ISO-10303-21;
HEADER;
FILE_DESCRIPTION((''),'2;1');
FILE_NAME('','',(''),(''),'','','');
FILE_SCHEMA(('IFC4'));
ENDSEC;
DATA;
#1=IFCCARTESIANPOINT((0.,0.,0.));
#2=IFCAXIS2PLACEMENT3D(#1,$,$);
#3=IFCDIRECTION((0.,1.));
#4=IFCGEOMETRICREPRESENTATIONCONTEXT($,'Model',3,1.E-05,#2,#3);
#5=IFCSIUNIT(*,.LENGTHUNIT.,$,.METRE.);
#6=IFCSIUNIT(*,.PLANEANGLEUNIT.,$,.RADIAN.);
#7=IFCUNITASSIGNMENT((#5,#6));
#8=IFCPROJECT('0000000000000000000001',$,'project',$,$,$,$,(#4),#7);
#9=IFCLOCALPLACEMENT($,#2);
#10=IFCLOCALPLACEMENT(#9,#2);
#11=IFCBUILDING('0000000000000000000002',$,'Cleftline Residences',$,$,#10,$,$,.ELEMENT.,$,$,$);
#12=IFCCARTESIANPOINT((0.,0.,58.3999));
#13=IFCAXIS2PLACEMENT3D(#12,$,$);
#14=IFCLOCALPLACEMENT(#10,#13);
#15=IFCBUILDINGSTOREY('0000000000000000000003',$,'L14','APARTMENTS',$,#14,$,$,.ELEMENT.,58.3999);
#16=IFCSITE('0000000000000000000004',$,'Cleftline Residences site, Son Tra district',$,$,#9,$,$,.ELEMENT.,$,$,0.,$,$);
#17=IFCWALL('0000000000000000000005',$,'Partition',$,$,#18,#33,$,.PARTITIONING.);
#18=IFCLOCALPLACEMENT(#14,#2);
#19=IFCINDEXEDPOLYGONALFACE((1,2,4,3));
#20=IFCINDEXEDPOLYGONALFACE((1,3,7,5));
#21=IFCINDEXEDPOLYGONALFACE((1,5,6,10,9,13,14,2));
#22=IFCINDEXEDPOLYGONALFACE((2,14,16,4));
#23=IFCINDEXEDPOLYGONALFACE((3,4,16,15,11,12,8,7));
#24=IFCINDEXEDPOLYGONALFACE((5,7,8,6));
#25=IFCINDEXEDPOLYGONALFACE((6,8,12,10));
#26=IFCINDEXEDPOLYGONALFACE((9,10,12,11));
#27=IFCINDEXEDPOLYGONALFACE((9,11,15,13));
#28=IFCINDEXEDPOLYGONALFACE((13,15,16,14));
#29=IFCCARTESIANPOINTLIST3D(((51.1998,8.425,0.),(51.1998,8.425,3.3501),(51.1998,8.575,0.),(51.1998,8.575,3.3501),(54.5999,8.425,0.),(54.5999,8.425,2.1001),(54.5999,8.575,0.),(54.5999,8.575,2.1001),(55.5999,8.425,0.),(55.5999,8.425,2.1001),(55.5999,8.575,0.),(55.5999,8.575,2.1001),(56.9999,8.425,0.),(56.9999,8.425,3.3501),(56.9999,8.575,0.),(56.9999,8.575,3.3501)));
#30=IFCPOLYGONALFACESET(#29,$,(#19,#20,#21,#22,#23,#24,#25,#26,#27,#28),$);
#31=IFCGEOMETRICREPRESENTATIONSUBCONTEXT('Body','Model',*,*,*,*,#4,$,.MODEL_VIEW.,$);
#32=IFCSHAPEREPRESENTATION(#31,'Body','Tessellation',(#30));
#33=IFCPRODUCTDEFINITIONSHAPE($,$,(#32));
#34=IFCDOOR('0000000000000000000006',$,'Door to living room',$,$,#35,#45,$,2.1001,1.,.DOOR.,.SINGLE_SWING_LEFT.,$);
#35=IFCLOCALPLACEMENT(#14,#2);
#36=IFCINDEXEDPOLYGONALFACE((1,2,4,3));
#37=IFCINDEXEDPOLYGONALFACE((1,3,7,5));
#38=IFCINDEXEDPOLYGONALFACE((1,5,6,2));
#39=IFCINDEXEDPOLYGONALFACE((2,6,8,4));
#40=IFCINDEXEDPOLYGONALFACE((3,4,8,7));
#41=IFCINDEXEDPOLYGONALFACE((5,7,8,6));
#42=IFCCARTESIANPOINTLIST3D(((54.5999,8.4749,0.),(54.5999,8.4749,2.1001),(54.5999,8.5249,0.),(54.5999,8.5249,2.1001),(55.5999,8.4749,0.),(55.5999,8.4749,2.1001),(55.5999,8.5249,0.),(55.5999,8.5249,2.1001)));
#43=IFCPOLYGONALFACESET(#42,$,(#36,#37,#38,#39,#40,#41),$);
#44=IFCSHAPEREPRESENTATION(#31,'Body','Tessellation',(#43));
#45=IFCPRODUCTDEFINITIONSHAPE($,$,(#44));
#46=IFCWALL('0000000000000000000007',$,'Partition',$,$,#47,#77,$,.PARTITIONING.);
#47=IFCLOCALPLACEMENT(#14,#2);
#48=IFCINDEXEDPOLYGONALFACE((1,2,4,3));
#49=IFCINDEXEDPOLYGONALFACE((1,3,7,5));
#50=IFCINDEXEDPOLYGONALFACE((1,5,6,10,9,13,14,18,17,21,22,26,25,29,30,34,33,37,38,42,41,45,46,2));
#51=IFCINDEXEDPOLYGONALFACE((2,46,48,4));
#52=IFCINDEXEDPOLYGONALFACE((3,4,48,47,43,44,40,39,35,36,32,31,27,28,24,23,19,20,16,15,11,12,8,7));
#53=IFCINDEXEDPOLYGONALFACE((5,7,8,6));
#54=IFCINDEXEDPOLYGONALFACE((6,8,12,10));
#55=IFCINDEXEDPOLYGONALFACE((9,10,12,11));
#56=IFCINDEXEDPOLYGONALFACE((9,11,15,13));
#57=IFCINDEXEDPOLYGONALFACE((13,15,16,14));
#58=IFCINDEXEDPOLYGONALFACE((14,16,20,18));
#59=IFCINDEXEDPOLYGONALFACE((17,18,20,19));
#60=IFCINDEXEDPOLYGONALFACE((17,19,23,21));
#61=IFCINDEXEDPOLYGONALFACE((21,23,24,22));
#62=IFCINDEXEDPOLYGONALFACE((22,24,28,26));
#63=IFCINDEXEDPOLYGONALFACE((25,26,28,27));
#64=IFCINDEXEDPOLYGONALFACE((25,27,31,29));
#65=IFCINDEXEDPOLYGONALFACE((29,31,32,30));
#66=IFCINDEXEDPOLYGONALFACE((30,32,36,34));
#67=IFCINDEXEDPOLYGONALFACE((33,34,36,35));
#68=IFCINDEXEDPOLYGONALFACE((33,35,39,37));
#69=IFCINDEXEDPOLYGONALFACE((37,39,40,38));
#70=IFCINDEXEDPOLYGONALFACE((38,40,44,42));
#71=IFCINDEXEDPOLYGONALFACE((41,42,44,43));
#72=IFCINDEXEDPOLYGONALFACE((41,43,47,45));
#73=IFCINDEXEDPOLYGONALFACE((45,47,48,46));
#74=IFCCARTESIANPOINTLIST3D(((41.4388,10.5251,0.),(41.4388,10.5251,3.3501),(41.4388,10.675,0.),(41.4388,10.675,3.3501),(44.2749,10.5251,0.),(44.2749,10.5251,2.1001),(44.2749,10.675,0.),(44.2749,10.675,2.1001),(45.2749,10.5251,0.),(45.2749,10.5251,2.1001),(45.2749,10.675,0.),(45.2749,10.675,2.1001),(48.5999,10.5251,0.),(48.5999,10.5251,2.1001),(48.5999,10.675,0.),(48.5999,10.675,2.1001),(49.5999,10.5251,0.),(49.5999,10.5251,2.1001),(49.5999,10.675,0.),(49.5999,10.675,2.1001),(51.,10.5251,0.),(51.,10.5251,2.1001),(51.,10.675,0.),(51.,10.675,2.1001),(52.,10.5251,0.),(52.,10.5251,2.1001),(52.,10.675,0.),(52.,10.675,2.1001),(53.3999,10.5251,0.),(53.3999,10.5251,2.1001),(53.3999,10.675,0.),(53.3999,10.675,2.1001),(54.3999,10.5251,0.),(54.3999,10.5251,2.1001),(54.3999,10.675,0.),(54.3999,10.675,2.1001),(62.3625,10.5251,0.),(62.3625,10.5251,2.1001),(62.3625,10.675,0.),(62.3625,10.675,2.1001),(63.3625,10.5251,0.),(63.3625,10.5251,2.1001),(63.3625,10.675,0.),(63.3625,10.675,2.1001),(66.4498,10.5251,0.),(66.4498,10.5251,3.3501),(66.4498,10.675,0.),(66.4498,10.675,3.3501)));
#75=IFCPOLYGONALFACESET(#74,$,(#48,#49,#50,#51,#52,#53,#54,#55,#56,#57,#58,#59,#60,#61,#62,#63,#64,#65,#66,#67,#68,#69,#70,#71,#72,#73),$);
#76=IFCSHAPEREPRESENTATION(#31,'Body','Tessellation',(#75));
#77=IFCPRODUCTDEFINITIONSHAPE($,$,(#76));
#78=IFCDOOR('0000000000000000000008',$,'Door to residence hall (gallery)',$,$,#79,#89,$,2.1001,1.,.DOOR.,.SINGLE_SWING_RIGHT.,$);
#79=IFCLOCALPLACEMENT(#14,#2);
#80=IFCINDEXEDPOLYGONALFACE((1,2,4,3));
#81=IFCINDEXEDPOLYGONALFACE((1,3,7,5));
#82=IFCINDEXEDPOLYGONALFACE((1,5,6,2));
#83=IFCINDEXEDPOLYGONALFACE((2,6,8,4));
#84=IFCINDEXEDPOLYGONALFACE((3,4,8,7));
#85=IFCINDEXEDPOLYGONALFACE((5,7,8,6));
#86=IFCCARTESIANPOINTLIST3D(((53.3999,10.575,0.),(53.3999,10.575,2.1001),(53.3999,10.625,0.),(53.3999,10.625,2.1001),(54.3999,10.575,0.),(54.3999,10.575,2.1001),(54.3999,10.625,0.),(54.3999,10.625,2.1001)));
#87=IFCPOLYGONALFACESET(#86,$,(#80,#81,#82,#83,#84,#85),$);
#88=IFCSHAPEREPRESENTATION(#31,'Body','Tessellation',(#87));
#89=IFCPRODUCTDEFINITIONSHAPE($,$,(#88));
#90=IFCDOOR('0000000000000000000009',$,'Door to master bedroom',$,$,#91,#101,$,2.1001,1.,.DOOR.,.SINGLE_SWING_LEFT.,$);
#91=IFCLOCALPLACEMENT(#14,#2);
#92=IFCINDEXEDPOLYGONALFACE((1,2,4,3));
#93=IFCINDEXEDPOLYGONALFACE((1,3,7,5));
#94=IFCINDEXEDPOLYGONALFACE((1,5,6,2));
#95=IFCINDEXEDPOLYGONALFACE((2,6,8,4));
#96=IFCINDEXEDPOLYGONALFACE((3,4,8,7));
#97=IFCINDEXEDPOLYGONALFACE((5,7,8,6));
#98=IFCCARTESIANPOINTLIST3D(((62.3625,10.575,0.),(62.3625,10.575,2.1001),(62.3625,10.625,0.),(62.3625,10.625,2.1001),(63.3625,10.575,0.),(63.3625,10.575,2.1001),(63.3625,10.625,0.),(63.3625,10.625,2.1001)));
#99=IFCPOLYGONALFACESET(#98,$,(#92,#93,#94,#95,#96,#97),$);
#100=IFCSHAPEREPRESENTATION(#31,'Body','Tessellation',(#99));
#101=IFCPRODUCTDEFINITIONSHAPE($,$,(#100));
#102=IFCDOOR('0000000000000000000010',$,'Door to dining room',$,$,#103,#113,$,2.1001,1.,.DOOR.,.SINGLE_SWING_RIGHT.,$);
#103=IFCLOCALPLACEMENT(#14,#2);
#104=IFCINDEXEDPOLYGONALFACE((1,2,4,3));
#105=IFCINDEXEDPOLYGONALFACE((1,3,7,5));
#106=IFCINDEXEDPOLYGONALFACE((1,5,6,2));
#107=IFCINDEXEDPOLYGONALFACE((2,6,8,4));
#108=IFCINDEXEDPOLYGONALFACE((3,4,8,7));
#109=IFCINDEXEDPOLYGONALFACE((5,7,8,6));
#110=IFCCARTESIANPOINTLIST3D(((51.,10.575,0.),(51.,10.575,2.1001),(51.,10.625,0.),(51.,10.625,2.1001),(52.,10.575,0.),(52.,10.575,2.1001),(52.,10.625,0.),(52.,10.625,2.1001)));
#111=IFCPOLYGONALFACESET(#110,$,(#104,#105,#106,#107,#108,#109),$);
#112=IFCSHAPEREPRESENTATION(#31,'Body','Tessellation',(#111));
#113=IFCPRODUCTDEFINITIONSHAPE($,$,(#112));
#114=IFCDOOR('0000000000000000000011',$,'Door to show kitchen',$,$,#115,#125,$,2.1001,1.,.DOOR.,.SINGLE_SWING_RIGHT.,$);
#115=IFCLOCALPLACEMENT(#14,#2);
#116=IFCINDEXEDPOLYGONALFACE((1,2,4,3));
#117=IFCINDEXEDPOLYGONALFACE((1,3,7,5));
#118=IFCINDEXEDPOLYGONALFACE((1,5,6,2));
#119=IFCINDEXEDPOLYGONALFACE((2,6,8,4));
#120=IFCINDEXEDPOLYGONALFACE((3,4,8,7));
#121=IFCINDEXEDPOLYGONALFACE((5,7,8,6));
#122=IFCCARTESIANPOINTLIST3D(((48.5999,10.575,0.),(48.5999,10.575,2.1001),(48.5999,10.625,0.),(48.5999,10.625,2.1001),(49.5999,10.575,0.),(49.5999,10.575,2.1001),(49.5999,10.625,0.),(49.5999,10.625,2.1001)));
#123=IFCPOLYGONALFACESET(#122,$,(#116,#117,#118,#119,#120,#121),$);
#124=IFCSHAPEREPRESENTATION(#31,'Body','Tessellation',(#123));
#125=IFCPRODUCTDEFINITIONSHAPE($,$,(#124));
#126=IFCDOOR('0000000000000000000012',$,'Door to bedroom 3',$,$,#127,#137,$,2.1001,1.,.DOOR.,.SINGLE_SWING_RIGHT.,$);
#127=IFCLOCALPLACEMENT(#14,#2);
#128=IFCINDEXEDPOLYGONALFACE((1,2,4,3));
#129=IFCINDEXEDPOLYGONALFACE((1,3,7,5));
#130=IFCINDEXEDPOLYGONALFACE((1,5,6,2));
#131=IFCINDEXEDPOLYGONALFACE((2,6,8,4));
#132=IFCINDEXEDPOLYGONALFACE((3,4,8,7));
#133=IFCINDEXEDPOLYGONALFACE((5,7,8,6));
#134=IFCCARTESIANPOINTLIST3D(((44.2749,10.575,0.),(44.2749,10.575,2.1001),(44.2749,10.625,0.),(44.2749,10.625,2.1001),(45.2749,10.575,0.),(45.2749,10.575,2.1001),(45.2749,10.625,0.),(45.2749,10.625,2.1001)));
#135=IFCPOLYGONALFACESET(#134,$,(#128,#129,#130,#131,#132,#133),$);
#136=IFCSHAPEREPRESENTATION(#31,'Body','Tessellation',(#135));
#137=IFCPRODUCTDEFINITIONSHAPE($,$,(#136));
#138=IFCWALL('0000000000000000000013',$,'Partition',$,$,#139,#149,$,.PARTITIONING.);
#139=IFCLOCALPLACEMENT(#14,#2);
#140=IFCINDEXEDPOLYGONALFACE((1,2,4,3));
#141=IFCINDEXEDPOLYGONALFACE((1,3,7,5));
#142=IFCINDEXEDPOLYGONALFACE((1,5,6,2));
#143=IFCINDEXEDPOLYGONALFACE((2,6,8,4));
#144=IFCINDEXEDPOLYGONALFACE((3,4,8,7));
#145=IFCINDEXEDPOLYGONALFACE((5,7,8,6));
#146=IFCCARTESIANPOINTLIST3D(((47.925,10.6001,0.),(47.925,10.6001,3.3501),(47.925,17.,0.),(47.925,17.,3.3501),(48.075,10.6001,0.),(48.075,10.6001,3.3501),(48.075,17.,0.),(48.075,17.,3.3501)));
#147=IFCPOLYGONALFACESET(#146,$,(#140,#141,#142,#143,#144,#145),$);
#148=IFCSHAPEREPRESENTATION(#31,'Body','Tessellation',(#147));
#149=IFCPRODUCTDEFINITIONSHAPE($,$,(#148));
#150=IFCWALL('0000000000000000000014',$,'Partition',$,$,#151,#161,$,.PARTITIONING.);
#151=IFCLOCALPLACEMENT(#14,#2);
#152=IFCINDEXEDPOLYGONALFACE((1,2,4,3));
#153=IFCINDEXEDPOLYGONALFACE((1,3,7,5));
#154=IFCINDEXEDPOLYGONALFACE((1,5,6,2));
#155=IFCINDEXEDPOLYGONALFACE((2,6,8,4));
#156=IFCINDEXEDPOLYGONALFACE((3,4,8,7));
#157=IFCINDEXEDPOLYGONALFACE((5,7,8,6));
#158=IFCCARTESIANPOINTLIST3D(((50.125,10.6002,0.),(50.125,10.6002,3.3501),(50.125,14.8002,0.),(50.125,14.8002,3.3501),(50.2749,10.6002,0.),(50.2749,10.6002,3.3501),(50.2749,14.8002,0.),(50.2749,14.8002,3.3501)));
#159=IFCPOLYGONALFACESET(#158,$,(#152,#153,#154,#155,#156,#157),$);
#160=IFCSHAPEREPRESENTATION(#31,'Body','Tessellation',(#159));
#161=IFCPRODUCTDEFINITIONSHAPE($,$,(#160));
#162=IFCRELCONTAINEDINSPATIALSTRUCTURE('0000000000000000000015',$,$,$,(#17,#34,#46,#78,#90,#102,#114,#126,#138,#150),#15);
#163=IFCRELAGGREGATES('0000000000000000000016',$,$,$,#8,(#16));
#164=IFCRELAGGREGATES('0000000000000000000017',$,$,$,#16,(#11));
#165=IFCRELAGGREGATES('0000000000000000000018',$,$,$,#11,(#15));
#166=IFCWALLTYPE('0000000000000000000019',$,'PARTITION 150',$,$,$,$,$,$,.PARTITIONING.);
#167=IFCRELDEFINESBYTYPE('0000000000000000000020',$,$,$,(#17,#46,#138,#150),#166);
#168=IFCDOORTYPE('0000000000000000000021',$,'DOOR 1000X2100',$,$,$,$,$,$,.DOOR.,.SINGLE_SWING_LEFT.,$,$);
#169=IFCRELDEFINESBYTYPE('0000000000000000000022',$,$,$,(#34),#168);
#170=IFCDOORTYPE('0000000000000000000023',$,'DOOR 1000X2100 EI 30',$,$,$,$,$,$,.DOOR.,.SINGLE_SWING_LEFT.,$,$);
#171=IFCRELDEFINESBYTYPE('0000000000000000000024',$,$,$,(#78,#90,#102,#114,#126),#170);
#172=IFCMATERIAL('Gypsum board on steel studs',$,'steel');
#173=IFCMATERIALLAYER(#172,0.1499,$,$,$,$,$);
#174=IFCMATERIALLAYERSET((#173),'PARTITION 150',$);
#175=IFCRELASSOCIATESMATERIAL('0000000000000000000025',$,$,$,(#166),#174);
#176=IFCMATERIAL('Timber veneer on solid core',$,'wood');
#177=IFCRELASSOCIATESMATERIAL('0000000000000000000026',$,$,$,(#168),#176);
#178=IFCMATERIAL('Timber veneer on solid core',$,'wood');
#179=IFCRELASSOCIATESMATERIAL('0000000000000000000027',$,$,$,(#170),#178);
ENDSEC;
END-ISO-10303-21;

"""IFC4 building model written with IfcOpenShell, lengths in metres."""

from ifc_helpers import new_model, si_unit, direction, frame, frame_2d, origin, place, context, subcontext, project, spatial, rectangle, extrude, material, layer, layer_set, type_object, element, fill, save


model = new_model("IFC4")

# Units and contexts
model_context = context("Model", 3, precision=1e-05, world=origin(), true_north=direction((0.0, 1.0)))
body_context = subcontext(model_context, "Body", "Model", "MODEL_VIEW")
ifc_project = project(units=[si_unit("LENGTHUNIT", "METRE"), si_unit("PLANEANGLEUNIT", "RADIAN")], contexts=[model_context])

# Site, building, storey
site_placement = place(None, origin())
site = spatial("IfcSite", under=ifc_project, at=site_placement, Name="Cleftline Residences site, Son Tra district", CompositionType="ELEMENT", RefElevation=0.0)
building_placement = place(site_placement, origin())
building = spatial("IfcBuilding", under=site, at=building_placement, Name="Cleftline Residences", CompositionType="ELEMENT")
storey_placement = place(building_placement, frame((0.0, 0.0, 58.3999)))
storey = spatial("IfcBuildingStorey", under=building, at=storey_placement, Name="L14", Description="APARTMENTS", CompositionType="ELEMENT", Elevation=58.3999)

# Shared definitions
ifc_material_1 = material(Name="Gypsum board on steel studs", Category="steel")
ifc_layer_1 = layer(ifc_material_1, 0.1499)
ifc_layer_set_1 = layer_set([ifc_layer_1], Name="PARTITION 150")
wall_type = type_object("IfcWallType", Name="PARTITION 150", PredefinedType="PARTITIONING", material=ifc_layer_set_1)
ifc_material_2 = material(Name="Timber veneer on solid core", Category="wood")
door_type_1 = type_object("IfcDoorType", Name="DOOR 1000X2100", OperationType="SINGLE_SWING_LEFT", PredefinedType="DOOR", material=ifc_material_2)

# Wall, opening, door
wall_1_placement = place(storey_placement, frame((51.2, 8.5, 0.0), z_axis=(0.0, 0.0, 1.0), x_axis=(1.0, 0.0, 0.0)))
wall_1 = element("IfcWall", 1, at=wall_1_placement, inside=storey, type_object=wall_type, Name="Partition", PredefinedType="PARTITIONING", context=body_context, shape_type="SweptSolid", body=[
    extrude(rectangle(XDim=5.8, YDim=0.1499, at=frame_2d((2.8999, 0.0))), origin(), (0.0, 0.0, 1.0), 3.3501),
])
opening_1_placement = place(wall_1_placement, frame((3.3999, 0.0, 0.0)))
opening_1 = element("IfcOpeningElement", 2, at=opening_1_placement, cuts=wall_1, PredefinedType="OPENING", context=body_context, shape_type="SweptSolid", body=[
    extrude(rectangle(XDim=1.0, YDim=2.1001, at=frame_2d((0.5, 1.05))), frame((0.0, 0.085, 0.0), z_axis=(0.0, -1.0, 0.0), x_axis=(1.0, 0.0, 0.0)), (0.0, 0.0, 1.0), 0.1699),
])
door_1_placement = place(opening_1_placement, origin())
door_1 = element("IfcDoor", 3, at=door_1_placement, inside=storey, type_object=door_type_1, Name="Door to living room", OperationType="SINGLE_SWING_LEFT", OverallHeight=2.1001, OverallWidth=1.0, PredefinedType="DOOR", context=body_context, shape_type="SweptSolid", body=[
    extrude(rectangle(XDim=1.0, YDim=2.1001, at=frame_2d((0.5, 1.05))), frame((0.0, 0.0249, 0.0), z_axis=(0.0, -1.0, 0.0), x_axis=(1.0, 0.0, 0.0)), (0.0, 0.0, 1.0), 0.05),
])
fill(opening_1, door_1)

# Wall, openings, doors
wall_2_placement = place(storey_placement, frame((41.439, 10.6001, 0.0), z_axis=(0.0, 0.0, 1.0), x_axis=(1.0, 0.0, 0.0)))
wall_2 = element("IfcWall", 4, at=wall_2_placement, inside=storey, type_object=wall_type, Name="Partition", PredefinedType="PARTITIONING", context=body_context, shape_type="SweptSolid", body=[
    extrude(rectangle(XDim=25.011, YDim=0.1499, at=frame_2d((12.5054, 0.0))), origin(), (0.0, 0.0, 1.0), 3.3501),
])
opening_2_placement = place(wall_2_placement, frame((11.9609, 0.0, 0.0)))
opening_2 = element("IfcOpeningElement", 5, at=opening_2_placement, cuts=wall_2, PredefinedType="OPENING", context=body_context, shape_type="SweptSolid", body=[
    extrude(rectangle(XDim=1.0, YDim=2.1001, at=frame_2d((0.5, 1.05))), frame((0.0, 0.085, 0.0), z_axis=(0.0, -1.0, 0.0), x_axis=(1.0, 0.0, 0.0)), (0.0, 0.0, 1.0), 0.1699),
])
opening_3_placement = place(wall_2_placement, frame((20.9236, 0.0, 0.0)))
opening_3 = element("IfcOpeningElement", 6, at=opening_3_placement, cuts=wall_2, PredefinedType="OPENING", context=body_context, shape_type="SweptSolid", body=[
    extrude(rectangle(XDim=1.0, YDim=2.1001, at=frame_2d((0.5, 1.05))), frame((0.0, 0.085, 0.0), z_axis=(0.0, -1.0, 0.0), x_axis=(1.0, 0.0, 0.0)), (0.0, 0.0, 1.0), 0.1699),
])
opening_4_placement = place(wall_2_placement, frame((9.561, 0.0, 0.0)))
opening_4 = element("IfcOpeningElement", 7, at=opening_4_placement, cuts=wall_2, PredefinedType="OPENING", context=body_context, shape_type="SweptSolid", body=[
    extrude(rectangle(XDim=1.0, YDim=2.1001, at=frame_2d((0.5, 1.05))), frame((0.0, 0.085, 0.0), z_axis=(0.0, -1.0, 0.0), x_axis=(1.0, 0.0, 0.0)), (0.0, 0.0, 1.0), 0.1699),
])
opening_5_placement = place(wall_2_placement, frame((7.1609, 0.0, 0.0)))
opening_5 = element("IfcOpeningElement", 8, at=opening_5_placement, cuts=wall_2, PredefinedType="OPENING", context=body_context, shape_type="SweptSolid", body=[
    extrude(rectangle(XDim=1.0, YDim=2.1001, at=frame_2d((0.5, 1.05))), frame((0.0, 0.085, 0.0), z_axis=(0.0, -1.0, 0.0), x_axis=(1.0, 0.0, 0.0)), (0.0, 0.0, 1.0), 0.1699),
])
opening_6_placement = place(wall_2_placement, frame((2.8359, 0.0, 0.0)))
opening_6 = element("IfcOpeningElement", 9, at=opening_6_placement, cuts=wall_2, PredefinedType="OPENING", context=body_context, shape_type="SweptSolid", body=[
    extrude(rectangle(XDim=1.0, YDim=2.1001, at=frame_2d((0.5, 1.05))), frame((0.0, 0.085, 0.0), z_axis=(0.0, -1.0, 0.0), x_axis=(1.0, 0.0, 0.0)), (0.0, 0.0, 1.0), 0.1699),
])
ifc_material_3 = material(Name="Timber veneer on solid core", Category="wood")
door_type_2 = type_object("IfcDoorType", Name="DOOR 1000X2100 EI 30", OperationType="SINGLE_SWING_LEFT", PredefinedType="DOOR", material=ifc_material_3)
door_2_placement = place(opening_2_placement, origin())
door_2 = element("IfcDoor", 10, at=door_2_placement, inside=storey, type_object=door_type_2, Name="Door to residence hall (gallery)", OperationType="SINGLE_SWING_RIGHT", OverallHeight=2.1001, OverallWidth=1.0, PredefinedType="DOOR", context=body_context, shape_type="SweptSolid", body=[
    extrude(rectangle(XDim=1.0, YDim=2.1001, at=frame_2d((0.5, 1.05))), frame((0.0, 0.0249, 0.0), z_axis=(0.0, -1.0, 0.0), x_axis=(1.0, 0.0, 0.0)), (0.0, 0.0, 1.0), 0.05),
])
fill(opening_2, door_2)
door_3_placement = place(opening_3_placement, origin())
door_3 = element("IfcDoor", 11, at=door_3_placement, inside=storey, type_object=door_type_2, Name="Door to master bedroom", OperationType="SINGLE_SWING_LEFT", OverallHeight=2.1001, OverallWidth=1.0, PredefinedType="DOOR", context=body_context, shape_type="SweptSolid", body=[
    extrude(rectangle(XDim=1.0, YDim=2.1001, at=frame_2d((0.5, 1.05))), frame((0.0, 0.0249, 0.0), z_axis=(0.0, -1.0, 0.0), x_axis=(1.0, 0.0, 0.0)), (0.0, 0.0, 1.0), 0.05),
])
fill(opening_3, door_3)
door_4_placement = place(opening_4_placement, origin())
door_4 = element("IfcDoor", 12, at=door_4_placement, inside=storey, type_object=door_type_2, Name="Door to dining room", OperationType="SINGLE_SWING_RIGHT", OverallHeight=2.1001, OverallWidth=1.0, PredefinedType="DOOR", context=body_context, shape_type="SweptSolid", body=[
    extrude(rectangle(XDim=1.0, YDim=2.1001, at=frame_2d((0.5, 1.05))), frame((0.0, 0.0249, 0.0), z_axis=(0.0, -1.0, 0.0), x_axis=(1.0, 0.0, 0.0)), (0.0, 0.0, 1.0), 0.05),
])
fill(opening_4, door_4)
door_5_placement = place(opening_5_placement, origin())
door_5 = element("IfcDoor", 13, at=door_5_placement, inside=storey, type_object=door_type_2, Name="Door to show kitchen", OperationType="SINGLE_SWING_RIGHT", OverallHeight=2.1001, OverallWidth=1.0, PredefinedType="DOOR", context=body_context, shape_type="SweptSolid", body=[
    extrude(rectangle(XDim=1.0, YDim=2.1001, at=frame_2d((0.5, 1.05))), frame((0.0, 0.0249, 0.0), z_axis=(0.0, -1.0, 0.0), x_axis=(1.0, 0.0, 0.0)), (0.0, 0.0, 1.0), 0.05),
])
fill(opening_5, door_5)
door_6_placement = place(opening_6_placement, origin())
door_6 = element("IfcDoor", 14, at=door_6_placement, inside=storey, type_object=door_type_2, Name="Door to bedroom 3", OperationType="SINGLE_SWING_RIGHT", OverallHeight=2.1001, OverallWidth=1.0, PredefinedType="DOOR", context=body_context, shape_type="SweptSolid", body=[
    extrude(rectangle(XDim=1.0, YDim=2.1001, at=frame_2d((0.5, 1.05))), frame((0.0, 0.0249, 0.0), z_axis=(0.0, -1.0, 0.0), x_axis=(1.0, 0.0, 0.0)), (0.0, 0.0, 1.0), 0.05),
])
fill(opening_6, door_6)

# Walls
wall_3_placement = place(storey_placement, frame((48.0, 10.6001, 0.0), z_axis=(0.0, 0.0, 1.0), x_axis=(0.0, 1.0, 0.0)))
element("IfcWall", 15, at=wall_3_placement, inside=storey, type_object=wall_type, Name="Partition", PredefinedType="PARTITIONING", context=body_context, shape_type="SweptSolid", body=[
    extrude(rectangle(XDim=6.3999, YDim=0.1499, at=frame_2d((3.2, 0.0))), origin(), (0.0, 0.0, 1.0), 3.3501),
])
wall_4_placement = place(storey_placement, frame((50.2, 10.6001, 0.0), z_axis=(0.0, 0.0, 1.0), x_axis=(0.0, 1.0, 0.0)))
element("IfcWall", 16, at=wall_4_placement, inside=storey, type_object=wall_type, Name="Partition", PredefinedType="PARTITIONING", context=body_context, shape_type="SweptSolid", body=[
    extrude(rectangle(XDim=4.2, YDim=0.1499, at=frame_2d((2.1001, 0.0))), origin(), (0.0, 0.0, 1.0), 3.3501),
])

save(model, "model.ifc")
